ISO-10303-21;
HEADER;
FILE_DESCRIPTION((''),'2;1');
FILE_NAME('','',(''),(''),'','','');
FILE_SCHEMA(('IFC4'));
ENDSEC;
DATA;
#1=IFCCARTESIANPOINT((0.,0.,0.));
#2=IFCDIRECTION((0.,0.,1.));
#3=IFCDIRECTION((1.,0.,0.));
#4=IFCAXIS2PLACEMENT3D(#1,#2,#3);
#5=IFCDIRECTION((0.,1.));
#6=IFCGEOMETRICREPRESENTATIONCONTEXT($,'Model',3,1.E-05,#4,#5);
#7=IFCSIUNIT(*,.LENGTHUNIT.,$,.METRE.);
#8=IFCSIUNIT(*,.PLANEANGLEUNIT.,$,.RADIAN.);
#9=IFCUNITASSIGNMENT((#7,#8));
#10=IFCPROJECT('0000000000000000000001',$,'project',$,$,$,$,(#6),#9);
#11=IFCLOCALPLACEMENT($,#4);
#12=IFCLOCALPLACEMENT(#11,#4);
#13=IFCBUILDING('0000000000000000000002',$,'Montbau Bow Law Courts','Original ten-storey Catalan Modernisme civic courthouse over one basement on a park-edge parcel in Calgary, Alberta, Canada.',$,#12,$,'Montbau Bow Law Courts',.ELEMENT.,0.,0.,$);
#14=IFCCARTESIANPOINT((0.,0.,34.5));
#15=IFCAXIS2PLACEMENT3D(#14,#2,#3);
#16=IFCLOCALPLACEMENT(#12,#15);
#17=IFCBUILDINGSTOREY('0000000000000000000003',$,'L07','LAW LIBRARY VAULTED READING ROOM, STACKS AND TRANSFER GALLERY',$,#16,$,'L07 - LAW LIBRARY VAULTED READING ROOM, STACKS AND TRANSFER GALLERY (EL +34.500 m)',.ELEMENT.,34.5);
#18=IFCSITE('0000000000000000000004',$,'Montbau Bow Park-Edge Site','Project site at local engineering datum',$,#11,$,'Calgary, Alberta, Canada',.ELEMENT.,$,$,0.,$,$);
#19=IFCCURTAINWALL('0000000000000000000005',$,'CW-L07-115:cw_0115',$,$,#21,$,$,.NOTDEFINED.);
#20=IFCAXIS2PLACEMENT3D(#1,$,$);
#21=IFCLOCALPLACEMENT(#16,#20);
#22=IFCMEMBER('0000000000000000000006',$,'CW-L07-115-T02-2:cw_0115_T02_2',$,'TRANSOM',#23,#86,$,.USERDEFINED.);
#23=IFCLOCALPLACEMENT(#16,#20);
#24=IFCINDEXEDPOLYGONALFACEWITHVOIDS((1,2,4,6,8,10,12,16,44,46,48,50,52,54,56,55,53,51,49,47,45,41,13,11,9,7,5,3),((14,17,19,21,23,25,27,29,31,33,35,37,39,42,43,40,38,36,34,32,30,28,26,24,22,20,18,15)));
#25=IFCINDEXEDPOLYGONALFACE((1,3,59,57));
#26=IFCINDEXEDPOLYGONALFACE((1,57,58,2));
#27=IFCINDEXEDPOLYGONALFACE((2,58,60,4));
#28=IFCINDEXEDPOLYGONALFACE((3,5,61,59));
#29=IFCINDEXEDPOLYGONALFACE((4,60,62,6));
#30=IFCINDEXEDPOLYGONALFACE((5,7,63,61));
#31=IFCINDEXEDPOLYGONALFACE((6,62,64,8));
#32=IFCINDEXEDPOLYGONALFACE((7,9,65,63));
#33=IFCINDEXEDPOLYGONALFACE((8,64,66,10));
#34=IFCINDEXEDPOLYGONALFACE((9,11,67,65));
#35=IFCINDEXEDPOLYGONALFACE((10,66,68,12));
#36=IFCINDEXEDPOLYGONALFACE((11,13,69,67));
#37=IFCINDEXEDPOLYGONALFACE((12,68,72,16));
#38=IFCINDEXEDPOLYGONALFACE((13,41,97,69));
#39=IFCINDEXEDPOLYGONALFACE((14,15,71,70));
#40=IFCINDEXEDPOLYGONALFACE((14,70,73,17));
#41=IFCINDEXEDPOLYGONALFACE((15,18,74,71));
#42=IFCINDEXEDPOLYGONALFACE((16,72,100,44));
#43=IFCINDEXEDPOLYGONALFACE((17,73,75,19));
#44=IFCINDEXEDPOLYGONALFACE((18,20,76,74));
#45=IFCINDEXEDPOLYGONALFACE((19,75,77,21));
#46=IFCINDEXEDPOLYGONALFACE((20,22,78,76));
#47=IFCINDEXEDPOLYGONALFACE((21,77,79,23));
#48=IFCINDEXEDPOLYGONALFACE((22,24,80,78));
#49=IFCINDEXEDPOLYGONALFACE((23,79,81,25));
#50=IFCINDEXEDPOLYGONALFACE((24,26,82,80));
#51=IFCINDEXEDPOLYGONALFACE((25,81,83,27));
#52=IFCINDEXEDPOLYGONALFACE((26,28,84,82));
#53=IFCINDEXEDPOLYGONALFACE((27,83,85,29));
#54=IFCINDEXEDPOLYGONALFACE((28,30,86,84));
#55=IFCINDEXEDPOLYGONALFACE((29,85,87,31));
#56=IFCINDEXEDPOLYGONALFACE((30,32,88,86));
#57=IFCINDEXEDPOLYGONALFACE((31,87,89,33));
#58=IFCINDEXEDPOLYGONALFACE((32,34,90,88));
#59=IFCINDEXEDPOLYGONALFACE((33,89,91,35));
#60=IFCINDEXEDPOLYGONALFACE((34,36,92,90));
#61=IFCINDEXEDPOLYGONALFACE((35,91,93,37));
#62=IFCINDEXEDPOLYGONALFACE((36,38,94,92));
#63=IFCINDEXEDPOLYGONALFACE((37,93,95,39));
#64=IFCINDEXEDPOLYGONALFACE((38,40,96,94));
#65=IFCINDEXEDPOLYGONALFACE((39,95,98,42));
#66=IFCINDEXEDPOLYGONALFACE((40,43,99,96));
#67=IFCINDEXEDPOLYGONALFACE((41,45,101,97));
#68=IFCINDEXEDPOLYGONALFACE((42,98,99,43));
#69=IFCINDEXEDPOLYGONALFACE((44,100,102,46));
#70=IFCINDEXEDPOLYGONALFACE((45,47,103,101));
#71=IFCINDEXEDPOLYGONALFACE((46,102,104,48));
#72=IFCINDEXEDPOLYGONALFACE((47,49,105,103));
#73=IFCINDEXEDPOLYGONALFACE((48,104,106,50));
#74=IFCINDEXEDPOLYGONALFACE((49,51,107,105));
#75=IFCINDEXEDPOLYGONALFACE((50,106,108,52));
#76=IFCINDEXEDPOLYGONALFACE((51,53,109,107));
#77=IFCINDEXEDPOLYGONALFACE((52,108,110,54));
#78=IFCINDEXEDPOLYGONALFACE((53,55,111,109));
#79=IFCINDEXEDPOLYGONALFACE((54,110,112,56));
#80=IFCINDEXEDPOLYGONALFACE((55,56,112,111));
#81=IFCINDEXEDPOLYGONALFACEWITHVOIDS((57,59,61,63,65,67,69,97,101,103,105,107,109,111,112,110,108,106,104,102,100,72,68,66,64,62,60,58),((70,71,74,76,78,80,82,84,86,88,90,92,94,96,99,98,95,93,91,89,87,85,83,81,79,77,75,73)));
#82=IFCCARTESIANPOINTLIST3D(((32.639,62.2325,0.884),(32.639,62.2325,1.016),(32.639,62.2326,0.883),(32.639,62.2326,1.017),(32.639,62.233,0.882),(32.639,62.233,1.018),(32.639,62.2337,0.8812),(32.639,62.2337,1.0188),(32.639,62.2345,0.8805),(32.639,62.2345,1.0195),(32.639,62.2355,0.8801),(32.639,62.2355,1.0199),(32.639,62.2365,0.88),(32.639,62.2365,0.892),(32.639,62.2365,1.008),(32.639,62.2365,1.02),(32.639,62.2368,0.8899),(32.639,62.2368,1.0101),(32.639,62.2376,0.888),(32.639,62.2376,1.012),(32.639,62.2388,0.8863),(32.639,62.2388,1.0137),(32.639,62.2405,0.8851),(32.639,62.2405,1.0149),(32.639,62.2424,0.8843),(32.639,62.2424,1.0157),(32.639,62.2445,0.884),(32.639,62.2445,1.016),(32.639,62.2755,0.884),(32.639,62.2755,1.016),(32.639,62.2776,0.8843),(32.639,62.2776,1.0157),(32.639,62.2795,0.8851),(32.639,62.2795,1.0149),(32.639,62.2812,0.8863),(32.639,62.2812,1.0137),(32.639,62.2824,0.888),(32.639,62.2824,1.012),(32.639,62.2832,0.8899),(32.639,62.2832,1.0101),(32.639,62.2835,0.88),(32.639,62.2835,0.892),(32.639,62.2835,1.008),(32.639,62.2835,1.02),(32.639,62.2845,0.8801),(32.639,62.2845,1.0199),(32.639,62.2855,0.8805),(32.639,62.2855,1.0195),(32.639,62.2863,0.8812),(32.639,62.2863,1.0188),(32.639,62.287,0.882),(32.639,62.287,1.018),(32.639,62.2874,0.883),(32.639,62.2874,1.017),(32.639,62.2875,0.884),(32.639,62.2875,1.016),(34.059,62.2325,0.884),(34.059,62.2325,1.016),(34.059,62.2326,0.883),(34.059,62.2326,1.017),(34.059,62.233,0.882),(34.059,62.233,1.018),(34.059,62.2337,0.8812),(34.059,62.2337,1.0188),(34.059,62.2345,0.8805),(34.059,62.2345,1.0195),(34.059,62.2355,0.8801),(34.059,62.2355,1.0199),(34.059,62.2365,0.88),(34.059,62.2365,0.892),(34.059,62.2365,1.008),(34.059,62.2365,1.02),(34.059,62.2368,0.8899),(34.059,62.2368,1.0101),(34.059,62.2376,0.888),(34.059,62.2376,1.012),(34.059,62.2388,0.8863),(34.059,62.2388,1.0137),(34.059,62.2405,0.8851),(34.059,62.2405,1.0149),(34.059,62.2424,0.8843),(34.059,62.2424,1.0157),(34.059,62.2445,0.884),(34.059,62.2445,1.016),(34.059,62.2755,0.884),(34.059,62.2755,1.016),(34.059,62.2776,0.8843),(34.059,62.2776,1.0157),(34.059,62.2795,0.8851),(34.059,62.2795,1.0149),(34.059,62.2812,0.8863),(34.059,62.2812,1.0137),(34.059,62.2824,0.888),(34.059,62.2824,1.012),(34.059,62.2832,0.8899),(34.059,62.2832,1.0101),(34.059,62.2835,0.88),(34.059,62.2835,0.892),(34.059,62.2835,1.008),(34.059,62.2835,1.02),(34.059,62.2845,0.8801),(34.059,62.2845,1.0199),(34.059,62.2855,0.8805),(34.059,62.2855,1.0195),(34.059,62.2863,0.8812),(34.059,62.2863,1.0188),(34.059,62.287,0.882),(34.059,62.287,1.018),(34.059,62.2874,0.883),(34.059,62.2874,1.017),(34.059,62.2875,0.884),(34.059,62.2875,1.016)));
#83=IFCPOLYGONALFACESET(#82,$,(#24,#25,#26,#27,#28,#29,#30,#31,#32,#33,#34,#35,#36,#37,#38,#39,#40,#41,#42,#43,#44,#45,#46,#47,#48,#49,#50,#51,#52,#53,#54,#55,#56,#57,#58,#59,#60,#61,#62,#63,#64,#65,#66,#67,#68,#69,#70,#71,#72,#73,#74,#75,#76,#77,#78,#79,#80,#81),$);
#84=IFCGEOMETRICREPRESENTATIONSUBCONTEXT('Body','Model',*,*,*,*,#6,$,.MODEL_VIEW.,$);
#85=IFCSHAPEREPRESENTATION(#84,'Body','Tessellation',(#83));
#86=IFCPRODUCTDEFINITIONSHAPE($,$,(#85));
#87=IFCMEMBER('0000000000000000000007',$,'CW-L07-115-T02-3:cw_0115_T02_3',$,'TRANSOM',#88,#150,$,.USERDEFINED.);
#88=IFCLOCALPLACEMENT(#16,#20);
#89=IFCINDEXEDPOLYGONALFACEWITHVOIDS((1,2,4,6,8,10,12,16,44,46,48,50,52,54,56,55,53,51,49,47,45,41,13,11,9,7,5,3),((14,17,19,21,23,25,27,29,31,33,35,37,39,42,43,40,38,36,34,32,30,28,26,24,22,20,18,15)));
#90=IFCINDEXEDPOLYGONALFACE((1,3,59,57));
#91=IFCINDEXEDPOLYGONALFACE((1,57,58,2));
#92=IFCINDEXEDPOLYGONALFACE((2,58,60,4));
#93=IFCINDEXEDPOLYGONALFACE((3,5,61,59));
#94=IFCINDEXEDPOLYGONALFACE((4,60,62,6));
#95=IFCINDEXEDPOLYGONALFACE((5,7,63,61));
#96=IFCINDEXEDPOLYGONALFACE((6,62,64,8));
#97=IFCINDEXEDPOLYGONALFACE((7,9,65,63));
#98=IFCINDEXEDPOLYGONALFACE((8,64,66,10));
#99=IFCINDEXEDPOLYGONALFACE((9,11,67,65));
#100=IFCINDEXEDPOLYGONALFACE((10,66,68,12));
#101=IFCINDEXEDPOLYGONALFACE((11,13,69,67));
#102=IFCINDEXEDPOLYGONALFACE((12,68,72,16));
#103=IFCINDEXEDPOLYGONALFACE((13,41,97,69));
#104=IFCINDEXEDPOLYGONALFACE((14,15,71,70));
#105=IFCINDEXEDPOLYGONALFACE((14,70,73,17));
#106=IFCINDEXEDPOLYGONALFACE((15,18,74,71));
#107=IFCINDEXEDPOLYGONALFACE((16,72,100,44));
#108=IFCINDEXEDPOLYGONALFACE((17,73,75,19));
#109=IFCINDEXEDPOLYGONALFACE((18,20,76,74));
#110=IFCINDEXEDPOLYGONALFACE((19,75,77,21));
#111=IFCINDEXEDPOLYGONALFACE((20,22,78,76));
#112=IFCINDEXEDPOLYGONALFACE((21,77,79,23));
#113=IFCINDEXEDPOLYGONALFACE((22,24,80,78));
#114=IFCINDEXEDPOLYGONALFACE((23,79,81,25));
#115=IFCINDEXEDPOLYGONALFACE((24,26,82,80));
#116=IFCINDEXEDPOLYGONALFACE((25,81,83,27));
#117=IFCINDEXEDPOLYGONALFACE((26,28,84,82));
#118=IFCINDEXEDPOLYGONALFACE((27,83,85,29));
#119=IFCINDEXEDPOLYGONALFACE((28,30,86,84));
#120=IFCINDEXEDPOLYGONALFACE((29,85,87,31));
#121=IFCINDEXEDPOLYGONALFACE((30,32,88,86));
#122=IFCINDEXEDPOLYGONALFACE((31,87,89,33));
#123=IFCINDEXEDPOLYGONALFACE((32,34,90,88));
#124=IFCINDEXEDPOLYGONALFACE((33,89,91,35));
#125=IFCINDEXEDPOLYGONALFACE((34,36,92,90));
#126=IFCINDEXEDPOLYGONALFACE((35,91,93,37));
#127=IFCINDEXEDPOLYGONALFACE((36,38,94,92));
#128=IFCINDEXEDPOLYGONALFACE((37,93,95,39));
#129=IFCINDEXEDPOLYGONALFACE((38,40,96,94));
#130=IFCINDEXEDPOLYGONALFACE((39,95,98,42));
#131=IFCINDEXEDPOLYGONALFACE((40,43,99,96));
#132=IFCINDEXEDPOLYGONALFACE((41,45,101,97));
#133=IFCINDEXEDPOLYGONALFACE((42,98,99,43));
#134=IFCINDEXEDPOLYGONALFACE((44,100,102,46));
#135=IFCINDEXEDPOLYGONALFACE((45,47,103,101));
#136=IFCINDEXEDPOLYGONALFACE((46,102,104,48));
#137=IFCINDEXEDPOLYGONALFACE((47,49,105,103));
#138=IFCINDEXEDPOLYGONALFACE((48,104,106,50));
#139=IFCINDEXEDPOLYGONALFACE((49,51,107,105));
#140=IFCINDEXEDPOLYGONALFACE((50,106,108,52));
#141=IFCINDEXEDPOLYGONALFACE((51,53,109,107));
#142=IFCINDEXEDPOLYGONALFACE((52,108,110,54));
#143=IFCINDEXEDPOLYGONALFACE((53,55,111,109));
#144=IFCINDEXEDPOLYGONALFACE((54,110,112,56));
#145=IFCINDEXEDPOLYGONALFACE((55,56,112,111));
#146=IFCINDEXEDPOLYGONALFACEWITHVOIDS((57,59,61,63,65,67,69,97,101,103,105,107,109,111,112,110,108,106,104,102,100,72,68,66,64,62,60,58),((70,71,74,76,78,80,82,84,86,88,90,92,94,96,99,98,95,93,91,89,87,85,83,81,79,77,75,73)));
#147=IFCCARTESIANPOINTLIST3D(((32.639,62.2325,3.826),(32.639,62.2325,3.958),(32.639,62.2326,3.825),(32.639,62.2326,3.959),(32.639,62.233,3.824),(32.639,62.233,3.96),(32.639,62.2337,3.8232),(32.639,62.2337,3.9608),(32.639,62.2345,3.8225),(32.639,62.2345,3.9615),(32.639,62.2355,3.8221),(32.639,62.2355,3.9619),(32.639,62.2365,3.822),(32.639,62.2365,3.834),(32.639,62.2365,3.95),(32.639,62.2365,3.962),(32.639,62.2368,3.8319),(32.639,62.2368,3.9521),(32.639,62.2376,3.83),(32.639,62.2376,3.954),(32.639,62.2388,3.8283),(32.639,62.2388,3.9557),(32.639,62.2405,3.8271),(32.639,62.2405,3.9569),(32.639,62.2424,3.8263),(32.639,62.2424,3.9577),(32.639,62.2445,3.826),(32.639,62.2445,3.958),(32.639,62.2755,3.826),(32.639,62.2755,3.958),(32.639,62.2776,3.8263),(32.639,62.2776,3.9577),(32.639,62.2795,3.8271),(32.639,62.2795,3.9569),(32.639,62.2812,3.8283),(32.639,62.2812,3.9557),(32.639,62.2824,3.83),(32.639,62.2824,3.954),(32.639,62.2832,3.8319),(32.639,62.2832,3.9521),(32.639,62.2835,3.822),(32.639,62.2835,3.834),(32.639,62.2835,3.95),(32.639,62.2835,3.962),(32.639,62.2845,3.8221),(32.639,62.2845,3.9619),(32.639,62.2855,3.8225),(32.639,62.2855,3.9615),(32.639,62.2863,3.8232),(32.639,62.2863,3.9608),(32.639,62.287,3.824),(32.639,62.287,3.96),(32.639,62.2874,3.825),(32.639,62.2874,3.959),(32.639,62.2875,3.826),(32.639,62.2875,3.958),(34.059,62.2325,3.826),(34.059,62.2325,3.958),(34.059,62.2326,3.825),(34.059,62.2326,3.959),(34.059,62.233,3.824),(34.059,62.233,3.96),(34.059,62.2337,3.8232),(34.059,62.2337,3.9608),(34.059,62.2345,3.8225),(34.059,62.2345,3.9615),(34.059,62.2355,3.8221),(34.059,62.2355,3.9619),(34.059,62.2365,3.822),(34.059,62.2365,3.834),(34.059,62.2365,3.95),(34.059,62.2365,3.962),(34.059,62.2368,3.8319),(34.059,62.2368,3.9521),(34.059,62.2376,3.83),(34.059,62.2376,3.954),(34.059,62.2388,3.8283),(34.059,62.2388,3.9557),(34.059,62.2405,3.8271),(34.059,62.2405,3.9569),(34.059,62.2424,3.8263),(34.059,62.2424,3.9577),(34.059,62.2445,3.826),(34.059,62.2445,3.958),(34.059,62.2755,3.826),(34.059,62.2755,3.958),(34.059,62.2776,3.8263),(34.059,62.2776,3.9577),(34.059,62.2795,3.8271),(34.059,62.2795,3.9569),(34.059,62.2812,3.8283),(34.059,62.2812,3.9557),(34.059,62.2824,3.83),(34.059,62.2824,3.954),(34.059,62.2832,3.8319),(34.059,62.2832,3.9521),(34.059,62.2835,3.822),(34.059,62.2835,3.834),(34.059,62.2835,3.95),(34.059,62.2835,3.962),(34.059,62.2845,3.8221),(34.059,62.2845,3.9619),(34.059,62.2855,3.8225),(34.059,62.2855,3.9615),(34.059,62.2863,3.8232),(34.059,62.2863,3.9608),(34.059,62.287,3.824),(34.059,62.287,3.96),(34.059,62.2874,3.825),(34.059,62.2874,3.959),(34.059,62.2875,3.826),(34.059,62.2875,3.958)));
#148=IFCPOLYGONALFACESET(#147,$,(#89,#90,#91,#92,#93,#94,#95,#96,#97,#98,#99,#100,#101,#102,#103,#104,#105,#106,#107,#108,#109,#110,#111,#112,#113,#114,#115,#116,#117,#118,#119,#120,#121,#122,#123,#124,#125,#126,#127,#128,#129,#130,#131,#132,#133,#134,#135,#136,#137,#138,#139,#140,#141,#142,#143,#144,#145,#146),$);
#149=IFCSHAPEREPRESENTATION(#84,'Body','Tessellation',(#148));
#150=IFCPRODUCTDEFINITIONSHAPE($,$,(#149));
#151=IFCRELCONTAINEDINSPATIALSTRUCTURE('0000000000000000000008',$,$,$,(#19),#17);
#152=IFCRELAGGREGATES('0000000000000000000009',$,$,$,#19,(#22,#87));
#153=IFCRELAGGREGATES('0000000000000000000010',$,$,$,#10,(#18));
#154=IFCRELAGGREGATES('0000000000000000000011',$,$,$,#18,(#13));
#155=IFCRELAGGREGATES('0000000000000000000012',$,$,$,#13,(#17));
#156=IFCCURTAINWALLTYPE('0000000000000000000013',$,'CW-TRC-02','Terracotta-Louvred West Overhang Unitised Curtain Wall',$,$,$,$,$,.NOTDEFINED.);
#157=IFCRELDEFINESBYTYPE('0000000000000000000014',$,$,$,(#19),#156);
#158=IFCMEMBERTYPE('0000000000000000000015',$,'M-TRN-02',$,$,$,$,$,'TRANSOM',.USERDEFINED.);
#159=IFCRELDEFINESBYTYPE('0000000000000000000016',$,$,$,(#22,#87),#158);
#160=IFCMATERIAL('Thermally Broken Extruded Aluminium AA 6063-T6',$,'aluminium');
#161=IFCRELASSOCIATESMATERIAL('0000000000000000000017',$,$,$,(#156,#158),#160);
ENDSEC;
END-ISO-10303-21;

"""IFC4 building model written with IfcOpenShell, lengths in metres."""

from ifc_helpers import new_model, si_unit, direction, frame, origin_with_axes, origin_2d_with_axis, place, context, subcontext, project, spatial, hollow_rectangle, extrude, material, material_profile, profile_set, type_object, element, aggregate, save


model = new_model("IFC4")

# Units and contexts
model_context = context("Model", 3, precision=1e-05, world=origin_with_axes(), true_north=direction((0.0, 1.0)))
body_context = subcontext(model_context, "Body", "Model", "MODEL_VIEW")
ifc_project = project(units=[si_unit("LENGTHUNIT", "METRE"), si_unit("PLANEANGLEUNIT", "RADIAN")], contexts=[model_context])

# Site, building, storey
site_placement = place(None, origin_with_axes())
site = spatial("IfcSite", under=ifc_project, at=site_placement, Name="Montbau Bow Park-Edge Site", Description="Project site at local engineering datum", LongName="Calgary, Alberta, Canada", CompositionType="ELEMENT", RefElevation=0.0)
building_placement = place(site_placement, origin_with_axes())
building = spatial("IfcBuilding", under=site, at=building_placement, Name="Montbau Bow Law Courts", Description="Original ten-storey Catalan Modernisme civic courthouse over one basement on a park-edge parcel in Calgary, Alberta, Canada.", LongName="Montbau Bow Law Courts", CompositionType="ELEMENT", ElevationOfRefHeight=0.0, ElevationOfTerrain=0.0)
storey_placement = place(building_placement, frame((0.0, 0.0, 34.5), z_axis=(0.0, 0.0, 1.0), x_axis=(1.0, 0.0, 0.0)))
storey = spatial("IfcBuildingStorey", under=building, at=storey_placement, Name="L07", Description="LAW LIBRARY VAULTED READING ROOM, STACKS AND TRANSFER GALLERY", LongName="L07 - LAW LIBRARY VAULTED READING ROOM, STACKS AND TRANSFER GALLERY (EL +34.500 m)", CompositionType="ELEMENT", Elevation=34.5)

# Curtain wall, members
ifc_material_1 = material(Name="Thermally Broken Extruded Aluminium AA 6063-T6", Category="aluminium")
curtain_wall_type = type_object("IfcCurtainWallType", Name="CW-TRC-02", Description="Terracotta-Louvred West Overhang Unitised Curtain Wall", PredefinedType="NOTDEFINED", material=ifc_material_1)
curtain_wall_placement = place(None, frame((31.115, 62.26, 34.5), z_axis=(0.0, 0.0, 1.0), x_axis=(1.0, 0.0, 0.0)))
curtain_wall = element("IfcCurtainWall", 1, at=curtain_wall_placement, inside=storey, type_object=curtain_wall_type, Name="CW-L07-115:cw_0115", PredefinedType="NOTDEFINED")
ifc_material_profile_1 = material_profile(ifc_material_1, hollow_rectangle(XDim=0.055, YDim=0.14, WallThickness=0.004, InnerFilletRadius=0.008, OuterFilletRadius=0.004, at=origin_2d_with_axis()), Name="CWT-140X55", Category="Main", Priority=0)
ifc_profile_set_1 = profile_set([ifc_material_profile_1], Name="Thermally Broken Extruded Aluminium AA 6063-T6")
member_type_1 = type_object("IfcMemberType", Name="M-TRN-02", ElementType="TRANSOM", PredefinedType="USERDEFINED", material=ifc_profile_set_1)
member_1_placement = place(None, frame((32.639, 62.26, 35.45), z_axis=(1.0, 0.0, 0.0), x_axis=(0.0, 1.0, 0.0)))
member_1 = element("IfcMember", 2, at=member_1_placement, type_object=member_type_1, Name="CW-L07-115-T02-2:cw_0115_T02_2", ObjectType="TRANSOM", PredefinedType="USERDEFINED", context=body_context, shape_type="SweptSolid", body=[
    extrude(hollow_rectangle(XDim=0.055, YDim=0.14, WallThickness=0.004, InnerFilletRadius=0.008, OuterFilletRadius=0.004, at=origin_2d_with_axis()), origin_with_axes(), (0.0, 0.0, 1.0), 1.42),
])
member_2_placement = place(None, frame((32.639, 62.26, 38.392), z_axis=(1.0, 0.0, 0.0), x_axis=(0.0, 1.0, 0.0)))
member_2 = element("IfcMember", 3, at=member_2_placement, type_object=member_type_1, Name="CW-L07-115-T02-3:cw_0115_T02_3", ObjectType="TRANSOM", PredefinedType="USERDEFINED", context=body_context, shape_type="SweptSolid", body=[
    extrude(hollow_rectangle(XDim=0.055, YDim=0.14, WallThickness=0.004, InnerFilletRadius=0.008, OuterFilletRadius=0.004, at=origin_2d_with_axis()), origin_with_axes(), (0.0, 0.0, 1.0), 1.42),
])
aggregate(curtain_wall, [member_1, member_2])

save(model, "model.ifc")
